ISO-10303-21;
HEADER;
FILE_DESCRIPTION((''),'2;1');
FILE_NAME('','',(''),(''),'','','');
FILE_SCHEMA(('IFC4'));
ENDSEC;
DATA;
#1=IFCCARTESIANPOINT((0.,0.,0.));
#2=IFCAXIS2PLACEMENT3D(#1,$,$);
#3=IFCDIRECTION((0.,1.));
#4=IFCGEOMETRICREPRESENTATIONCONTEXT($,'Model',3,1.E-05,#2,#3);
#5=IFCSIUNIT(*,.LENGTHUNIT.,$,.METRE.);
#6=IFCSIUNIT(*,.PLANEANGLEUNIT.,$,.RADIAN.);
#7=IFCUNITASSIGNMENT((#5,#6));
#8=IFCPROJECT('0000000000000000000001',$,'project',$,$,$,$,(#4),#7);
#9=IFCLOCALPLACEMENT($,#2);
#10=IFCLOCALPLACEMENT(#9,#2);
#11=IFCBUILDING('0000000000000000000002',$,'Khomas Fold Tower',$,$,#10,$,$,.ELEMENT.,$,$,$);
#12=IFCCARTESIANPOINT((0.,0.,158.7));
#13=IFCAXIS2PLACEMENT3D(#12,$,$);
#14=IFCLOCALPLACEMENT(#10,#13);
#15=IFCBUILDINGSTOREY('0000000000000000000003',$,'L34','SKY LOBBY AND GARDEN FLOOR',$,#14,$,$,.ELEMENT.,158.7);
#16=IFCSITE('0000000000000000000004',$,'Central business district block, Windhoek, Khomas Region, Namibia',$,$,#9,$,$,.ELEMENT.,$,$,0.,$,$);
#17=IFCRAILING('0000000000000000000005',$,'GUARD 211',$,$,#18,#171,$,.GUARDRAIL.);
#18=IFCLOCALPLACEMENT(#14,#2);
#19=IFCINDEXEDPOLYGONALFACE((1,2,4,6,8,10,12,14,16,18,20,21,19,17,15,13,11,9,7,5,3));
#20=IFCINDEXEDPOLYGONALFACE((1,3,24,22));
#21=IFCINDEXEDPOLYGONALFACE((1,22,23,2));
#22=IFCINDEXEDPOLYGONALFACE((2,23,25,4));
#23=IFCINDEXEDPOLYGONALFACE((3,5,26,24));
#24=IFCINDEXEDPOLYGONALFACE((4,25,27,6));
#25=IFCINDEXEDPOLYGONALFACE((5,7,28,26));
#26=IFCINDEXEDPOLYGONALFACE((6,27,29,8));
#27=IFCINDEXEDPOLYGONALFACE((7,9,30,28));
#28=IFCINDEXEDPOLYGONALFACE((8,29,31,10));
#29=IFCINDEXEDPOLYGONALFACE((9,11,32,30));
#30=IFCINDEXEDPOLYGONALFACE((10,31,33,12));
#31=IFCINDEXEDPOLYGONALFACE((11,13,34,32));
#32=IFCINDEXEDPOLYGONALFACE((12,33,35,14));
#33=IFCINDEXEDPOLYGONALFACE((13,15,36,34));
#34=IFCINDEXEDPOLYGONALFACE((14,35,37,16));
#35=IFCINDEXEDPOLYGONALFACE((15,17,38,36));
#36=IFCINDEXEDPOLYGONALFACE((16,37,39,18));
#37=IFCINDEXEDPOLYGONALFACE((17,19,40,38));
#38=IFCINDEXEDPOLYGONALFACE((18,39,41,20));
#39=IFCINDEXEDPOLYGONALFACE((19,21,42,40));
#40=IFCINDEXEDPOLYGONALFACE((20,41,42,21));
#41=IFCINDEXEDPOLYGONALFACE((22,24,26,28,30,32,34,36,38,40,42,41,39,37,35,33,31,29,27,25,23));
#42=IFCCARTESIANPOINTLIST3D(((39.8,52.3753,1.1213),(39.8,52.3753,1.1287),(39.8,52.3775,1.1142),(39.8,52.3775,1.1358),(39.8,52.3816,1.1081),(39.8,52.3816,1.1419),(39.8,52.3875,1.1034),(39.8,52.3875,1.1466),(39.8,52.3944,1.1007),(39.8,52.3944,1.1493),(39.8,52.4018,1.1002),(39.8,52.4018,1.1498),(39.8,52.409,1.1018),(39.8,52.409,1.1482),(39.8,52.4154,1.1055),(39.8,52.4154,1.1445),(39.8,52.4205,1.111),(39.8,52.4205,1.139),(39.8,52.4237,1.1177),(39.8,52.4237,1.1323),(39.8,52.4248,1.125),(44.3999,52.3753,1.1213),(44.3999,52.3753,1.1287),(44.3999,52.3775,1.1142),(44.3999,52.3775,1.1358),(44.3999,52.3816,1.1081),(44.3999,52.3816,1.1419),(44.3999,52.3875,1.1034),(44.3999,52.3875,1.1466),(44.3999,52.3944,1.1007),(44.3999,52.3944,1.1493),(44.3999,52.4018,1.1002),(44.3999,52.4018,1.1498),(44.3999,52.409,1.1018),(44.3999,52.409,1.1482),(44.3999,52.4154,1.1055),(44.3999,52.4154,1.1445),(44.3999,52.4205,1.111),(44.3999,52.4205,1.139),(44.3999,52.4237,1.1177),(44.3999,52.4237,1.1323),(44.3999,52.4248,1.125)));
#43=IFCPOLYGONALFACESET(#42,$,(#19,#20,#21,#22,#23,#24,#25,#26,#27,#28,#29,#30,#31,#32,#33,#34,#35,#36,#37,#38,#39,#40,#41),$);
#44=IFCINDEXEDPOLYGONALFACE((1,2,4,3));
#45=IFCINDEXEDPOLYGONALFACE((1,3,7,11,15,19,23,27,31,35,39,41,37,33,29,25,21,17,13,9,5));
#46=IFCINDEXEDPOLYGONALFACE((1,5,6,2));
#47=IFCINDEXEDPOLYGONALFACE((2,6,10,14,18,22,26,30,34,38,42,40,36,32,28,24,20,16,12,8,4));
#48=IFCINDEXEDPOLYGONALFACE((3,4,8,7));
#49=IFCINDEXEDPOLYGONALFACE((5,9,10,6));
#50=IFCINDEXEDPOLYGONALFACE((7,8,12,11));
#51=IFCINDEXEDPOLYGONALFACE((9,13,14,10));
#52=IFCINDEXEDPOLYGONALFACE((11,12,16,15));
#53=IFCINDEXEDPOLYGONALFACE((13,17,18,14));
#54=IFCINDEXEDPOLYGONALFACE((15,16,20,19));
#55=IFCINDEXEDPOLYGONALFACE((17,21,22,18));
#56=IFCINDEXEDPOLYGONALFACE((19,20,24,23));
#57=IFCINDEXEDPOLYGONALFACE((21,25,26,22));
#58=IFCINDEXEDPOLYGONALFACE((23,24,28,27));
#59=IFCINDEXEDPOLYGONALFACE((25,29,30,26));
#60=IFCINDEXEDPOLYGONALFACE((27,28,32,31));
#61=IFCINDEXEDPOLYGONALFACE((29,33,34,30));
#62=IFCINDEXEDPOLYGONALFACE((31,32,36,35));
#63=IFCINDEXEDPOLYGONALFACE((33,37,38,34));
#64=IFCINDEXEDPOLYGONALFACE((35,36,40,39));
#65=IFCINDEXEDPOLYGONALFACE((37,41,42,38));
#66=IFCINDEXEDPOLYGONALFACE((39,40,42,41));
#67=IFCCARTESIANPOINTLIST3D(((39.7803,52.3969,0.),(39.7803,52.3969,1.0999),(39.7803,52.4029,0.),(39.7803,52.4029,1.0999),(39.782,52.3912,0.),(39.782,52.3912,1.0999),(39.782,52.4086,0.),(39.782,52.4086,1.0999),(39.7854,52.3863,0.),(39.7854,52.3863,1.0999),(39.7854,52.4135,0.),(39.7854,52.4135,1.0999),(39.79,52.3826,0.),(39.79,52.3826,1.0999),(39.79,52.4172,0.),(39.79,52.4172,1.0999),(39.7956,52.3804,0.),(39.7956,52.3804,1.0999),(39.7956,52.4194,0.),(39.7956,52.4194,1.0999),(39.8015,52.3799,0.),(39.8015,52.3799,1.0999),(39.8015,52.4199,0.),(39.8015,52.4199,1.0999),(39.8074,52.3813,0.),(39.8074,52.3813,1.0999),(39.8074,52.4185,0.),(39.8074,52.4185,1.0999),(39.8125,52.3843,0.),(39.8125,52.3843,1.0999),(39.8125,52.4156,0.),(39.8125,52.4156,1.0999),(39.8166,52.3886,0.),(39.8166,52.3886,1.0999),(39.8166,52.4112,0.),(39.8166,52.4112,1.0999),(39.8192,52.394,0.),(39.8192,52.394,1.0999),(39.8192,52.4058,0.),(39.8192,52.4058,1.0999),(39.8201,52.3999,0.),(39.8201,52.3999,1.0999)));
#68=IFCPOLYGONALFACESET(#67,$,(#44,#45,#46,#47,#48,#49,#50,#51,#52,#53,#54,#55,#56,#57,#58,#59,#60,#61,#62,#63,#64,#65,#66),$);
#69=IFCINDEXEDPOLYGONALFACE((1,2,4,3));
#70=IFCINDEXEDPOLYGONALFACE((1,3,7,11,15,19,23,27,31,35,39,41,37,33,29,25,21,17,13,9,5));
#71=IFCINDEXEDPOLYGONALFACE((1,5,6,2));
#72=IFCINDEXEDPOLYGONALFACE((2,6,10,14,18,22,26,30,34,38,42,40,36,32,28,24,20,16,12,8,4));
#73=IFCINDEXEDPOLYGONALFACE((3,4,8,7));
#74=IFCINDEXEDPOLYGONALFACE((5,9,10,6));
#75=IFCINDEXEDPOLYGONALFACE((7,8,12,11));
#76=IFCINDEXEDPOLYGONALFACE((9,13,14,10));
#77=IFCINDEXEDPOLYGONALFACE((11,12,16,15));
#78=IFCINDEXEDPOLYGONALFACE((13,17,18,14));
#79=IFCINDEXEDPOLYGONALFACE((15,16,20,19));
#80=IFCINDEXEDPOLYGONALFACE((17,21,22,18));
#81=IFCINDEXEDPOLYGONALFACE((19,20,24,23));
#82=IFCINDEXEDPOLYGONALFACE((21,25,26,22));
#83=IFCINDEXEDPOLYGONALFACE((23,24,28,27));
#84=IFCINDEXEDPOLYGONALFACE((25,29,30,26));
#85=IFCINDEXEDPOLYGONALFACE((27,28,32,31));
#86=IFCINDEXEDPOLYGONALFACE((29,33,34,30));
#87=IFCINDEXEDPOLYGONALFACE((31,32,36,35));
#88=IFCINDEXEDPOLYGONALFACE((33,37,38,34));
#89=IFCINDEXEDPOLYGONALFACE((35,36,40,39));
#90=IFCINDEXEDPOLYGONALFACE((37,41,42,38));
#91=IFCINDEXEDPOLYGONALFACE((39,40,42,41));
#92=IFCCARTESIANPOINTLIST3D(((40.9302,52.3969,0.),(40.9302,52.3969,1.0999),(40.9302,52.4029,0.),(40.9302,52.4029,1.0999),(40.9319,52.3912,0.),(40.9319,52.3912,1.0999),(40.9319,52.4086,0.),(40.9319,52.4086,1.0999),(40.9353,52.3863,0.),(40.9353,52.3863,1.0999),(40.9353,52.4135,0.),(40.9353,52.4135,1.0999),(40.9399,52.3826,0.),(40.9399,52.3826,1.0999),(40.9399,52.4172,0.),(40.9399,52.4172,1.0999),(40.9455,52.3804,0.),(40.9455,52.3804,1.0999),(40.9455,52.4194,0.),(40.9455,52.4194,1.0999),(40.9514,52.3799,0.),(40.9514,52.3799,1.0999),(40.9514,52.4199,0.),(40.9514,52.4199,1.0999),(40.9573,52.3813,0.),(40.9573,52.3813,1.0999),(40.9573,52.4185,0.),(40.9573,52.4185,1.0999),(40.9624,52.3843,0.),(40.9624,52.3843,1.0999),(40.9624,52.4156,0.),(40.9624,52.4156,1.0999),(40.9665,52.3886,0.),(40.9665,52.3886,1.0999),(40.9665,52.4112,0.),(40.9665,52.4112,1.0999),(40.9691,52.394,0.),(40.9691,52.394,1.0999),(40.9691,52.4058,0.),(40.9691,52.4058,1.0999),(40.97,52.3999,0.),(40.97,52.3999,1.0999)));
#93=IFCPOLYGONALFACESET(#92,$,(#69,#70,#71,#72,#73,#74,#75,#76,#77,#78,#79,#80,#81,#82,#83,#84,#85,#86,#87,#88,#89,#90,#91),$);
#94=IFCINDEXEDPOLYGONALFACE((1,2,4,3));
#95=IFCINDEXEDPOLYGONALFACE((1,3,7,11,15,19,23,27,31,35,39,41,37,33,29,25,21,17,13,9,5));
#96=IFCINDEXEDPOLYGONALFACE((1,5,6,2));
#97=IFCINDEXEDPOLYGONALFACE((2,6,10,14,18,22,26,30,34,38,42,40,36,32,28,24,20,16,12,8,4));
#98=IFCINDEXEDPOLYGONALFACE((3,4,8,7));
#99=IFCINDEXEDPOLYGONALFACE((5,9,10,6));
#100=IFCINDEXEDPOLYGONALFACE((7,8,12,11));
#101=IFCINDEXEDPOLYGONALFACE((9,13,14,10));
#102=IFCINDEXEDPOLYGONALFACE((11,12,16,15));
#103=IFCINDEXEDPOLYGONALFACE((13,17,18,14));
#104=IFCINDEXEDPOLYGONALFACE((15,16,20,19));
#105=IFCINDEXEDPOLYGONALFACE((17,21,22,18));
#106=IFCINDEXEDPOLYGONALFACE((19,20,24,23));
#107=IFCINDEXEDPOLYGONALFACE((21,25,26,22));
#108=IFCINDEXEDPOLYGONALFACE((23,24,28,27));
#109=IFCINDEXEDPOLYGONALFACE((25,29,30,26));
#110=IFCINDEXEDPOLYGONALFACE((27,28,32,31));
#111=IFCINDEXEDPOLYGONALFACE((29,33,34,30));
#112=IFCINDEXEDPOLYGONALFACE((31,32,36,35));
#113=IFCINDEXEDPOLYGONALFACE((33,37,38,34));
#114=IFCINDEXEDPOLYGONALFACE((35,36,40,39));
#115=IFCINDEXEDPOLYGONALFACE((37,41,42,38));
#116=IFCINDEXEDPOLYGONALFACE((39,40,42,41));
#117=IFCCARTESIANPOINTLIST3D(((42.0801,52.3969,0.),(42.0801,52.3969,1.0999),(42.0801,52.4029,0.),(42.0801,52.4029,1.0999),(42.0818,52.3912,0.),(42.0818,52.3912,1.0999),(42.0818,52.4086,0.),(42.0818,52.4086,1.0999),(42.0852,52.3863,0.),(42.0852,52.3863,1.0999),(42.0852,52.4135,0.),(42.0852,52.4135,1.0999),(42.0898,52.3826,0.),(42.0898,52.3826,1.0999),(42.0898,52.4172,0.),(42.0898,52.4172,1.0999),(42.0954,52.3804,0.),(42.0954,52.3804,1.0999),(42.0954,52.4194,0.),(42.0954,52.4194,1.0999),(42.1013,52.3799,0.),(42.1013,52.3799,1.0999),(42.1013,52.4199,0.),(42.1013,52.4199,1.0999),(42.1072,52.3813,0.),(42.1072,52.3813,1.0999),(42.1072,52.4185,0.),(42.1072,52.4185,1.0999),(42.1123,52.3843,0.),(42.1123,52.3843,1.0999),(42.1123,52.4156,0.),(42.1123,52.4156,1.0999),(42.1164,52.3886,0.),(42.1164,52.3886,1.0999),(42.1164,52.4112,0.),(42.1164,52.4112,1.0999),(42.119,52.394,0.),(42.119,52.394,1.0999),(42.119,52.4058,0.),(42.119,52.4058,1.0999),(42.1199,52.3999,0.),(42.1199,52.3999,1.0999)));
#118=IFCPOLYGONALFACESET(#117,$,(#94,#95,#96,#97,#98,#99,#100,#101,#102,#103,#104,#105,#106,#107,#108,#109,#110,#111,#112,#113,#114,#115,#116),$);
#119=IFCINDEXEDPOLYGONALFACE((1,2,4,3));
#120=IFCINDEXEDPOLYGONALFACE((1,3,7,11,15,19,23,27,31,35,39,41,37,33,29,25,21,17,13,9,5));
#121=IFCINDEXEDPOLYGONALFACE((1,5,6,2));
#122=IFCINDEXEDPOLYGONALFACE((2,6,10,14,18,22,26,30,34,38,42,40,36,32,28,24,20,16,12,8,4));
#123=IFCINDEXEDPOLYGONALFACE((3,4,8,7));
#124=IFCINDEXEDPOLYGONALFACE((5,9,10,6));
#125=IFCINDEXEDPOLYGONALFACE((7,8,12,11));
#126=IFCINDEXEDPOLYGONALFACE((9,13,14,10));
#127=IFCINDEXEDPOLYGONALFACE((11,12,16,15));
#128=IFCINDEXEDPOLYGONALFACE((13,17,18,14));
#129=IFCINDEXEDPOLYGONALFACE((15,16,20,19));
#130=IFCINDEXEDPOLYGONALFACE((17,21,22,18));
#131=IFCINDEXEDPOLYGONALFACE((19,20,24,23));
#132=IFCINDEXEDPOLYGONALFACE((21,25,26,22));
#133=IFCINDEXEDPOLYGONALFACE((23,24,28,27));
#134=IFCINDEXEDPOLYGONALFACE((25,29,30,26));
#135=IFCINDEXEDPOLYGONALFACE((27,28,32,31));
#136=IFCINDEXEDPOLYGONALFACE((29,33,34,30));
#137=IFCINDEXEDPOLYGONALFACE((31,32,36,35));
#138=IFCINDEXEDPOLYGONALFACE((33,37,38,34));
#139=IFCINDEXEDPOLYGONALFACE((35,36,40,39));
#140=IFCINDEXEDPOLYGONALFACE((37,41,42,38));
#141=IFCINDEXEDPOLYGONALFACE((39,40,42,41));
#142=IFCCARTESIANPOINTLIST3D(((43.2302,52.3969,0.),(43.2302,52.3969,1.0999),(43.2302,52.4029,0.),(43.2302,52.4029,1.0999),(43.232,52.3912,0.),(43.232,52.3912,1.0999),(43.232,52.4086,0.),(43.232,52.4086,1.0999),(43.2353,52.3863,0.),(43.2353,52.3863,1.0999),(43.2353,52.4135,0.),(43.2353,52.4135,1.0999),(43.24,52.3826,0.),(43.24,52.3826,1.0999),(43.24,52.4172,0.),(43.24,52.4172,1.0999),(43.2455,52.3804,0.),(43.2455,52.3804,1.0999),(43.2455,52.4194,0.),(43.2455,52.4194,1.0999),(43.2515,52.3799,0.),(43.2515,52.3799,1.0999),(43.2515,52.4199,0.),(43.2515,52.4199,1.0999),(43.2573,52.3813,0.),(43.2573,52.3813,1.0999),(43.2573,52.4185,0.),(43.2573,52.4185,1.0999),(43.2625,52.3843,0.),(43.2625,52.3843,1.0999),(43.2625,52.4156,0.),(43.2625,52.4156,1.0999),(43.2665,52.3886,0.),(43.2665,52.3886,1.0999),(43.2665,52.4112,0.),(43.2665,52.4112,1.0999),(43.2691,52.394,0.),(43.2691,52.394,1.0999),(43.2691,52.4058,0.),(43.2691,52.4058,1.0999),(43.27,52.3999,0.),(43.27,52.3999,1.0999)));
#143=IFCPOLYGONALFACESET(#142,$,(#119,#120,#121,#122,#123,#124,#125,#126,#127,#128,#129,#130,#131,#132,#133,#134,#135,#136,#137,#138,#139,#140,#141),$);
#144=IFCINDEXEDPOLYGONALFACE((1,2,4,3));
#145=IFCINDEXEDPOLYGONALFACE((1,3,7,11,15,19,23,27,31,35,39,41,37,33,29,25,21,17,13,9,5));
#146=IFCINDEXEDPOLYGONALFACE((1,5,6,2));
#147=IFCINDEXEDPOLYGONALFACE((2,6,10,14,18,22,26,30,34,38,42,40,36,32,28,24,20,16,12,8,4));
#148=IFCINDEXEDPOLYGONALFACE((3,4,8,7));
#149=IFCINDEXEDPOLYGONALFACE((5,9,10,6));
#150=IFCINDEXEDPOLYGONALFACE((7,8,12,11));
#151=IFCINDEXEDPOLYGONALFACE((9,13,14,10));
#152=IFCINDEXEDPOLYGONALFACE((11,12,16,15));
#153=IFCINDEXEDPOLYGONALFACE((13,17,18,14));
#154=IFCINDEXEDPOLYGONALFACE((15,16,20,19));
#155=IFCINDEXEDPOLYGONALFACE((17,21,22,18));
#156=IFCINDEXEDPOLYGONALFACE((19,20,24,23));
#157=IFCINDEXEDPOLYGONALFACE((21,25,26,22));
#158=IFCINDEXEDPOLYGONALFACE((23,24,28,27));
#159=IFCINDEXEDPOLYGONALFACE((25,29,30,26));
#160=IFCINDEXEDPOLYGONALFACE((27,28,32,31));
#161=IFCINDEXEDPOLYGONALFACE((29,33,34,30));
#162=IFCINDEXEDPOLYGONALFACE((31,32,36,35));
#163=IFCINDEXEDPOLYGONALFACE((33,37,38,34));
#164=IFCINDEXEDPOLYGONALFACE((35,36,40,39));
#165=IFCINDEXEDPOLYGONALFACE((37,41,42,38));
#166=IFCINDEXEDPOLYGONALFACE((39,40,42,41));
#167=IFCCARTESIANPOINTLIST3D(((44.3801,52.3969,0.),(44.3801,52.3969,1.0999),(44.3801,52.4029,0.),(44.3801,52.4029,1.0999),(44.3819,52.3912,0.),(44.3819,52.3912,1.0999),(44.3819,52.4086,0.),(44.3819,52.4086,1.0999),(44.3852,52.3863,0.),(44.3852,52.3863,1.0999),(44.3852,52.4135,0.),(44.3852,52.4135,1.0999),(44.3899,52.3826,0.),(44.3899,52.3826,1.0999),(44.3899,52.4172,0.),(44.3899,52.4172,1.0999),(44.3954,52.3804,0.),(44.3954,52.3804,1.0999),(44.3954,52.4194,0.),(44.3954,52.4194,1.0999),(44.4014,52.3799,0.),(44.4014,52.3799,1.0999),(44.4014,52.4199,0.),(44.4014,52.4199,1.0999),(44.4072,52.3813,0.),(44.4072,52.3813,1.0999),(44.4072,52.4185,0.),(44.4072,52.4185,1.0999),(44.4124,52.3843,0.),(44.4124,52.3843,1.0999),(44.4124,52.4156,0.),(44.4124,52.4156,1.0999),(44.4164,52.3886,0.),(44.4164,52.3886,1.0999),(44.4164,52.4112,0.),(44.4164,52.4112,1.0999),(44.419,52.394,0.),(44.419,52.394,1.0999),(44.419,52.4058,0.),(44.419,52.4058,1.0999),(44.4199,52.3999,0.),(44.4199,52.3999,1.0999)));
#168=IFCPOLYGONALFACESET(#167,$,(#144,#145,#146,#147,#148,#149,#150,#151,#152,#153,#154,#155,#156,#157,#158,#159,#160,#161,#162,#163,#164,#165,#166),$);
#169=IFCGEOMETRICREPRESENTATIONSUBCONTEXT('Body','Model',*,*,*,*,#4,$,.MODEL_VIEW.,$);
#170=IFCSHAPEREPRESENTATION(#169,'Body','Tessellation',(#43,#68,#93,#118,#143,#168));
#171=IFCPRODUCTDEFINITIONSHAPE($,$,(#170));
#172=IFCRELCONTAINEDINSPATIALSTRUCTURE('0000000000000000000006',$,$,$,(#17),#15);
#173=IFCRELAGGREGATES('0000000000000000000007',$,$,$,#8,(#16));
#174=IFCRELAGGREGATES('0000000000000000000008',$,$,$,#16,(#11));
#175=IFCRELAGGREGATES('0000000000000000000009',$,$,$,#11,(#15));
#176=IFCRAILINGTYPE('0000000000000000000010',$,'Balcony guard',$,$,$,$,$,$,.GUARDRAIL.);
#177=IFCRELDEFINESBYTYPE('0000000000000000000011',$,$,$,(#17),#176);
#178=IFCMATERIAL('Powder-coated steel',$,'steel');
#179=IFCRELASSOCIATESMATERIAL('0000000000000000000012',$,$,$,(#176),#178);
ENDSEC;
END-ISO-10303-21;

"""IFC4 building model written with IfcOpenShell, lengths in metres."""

from ifc_helpers import new_model, si_unit, direction, frame, origin, origin_2d, place, context, subcontext, project, spatial, circle, extrude, source, transform, mapped, material, type_object, element, save


model = new_model("IFC4")

# Units and contexts
model_context = context("Model", 3, precision=1e-05, world=origin(), true_north=direction((0.0, 1.0)))
body_context = subcontext(model_context, "Body", "Model", "MODEL_VIEW")
ifc_project = project(units=[si_unit("LENGTHUNIT", "METRE"), si_unit("PLANEANGLEUNIT", "RADIAN")], contexts=[model_context])

# Site, building, storey
site_placement = place(None, origin())
site = spatial("IfcSite", under=ifc_project, at=site_placement, Name="Central business district block, Windhoek, Khomas Region, Namibia", CompositionType="ELEMENT", RefElevation=0.0)
building_placement = place(site_placement, origin())
building = spatial("IfcBuilding", under=site, at=building_placement, Name="Khomas Fold Tower", CompositionType="ELEMENT")
storey_placement = place(building_placement, frame((0.0, 0.0, 158.7)))
storey = spatial("IfcBuildingStorey", under=building, at=storey_placement, Name="L34", Description="SKY LOBBY AND GARDEN FLOOR", CompositionType="ELEMENT", Elevation=158.7)

# Railing
ifc_material_1 = material(Name="Powder-coated steel", Category="steel")
railing_type = type_object("IfcRailingType", Name="Balcony guard", PredefinedType="GUARDRAIL", material=ifc_material_1)
shared_shape_1 = source(origin(), body_context, "Body", "SweptSolid", [
    extrude(circle(Radius=0.0249, at=origin_2d()), frame((0.0, 0.0, 1.125), z_axis=(1.0, 0.0, 0.0), x_axis=(0.0, 1.0, 0.0)), (0.0, 0.0, 1.0), 4.5999),
    extrude(circle(Radius=0.02, at=origin_2d()), origin(), (0.0, 0.0, 1.0), 1.0999),
    extrude(circle(Radius=0.02, at=origin_2d()), frame((1.1499, 0.0, 0.0)), (0.0, 0.0, 1.0), 1.0999),
    extrude(circle(Radius=0.02, at=origin_2d()), frame((2.2998, 0.0, 0.0)), (0.0, 0.0, 1.0), 1.0999),
    extrude(circle(Radius=0.02, at=origin_2d()), frame((3.45, 0.0, 0.0)), (0.0, 0.0, 1.0), 1.0999),
    extrude(circle(Radius=0.02, at=origin_2d()), frame((4.5999, 0.0, 0.0)), (0.0, 0.0, 1.0), 1.0999),
])
for number, where, name in (
    (1, (39.8, 52.3999, 0.0), "GUARD 211"),
):
    element("IfcRailing", number, at=place(storey_placement, frame(where)), inside=storey, type_object=railing_type, Name=name, PredefinedType="GUARDRAIL", context=body_context, shape_type="MappedRepresentation", body=[
        mapped(shared_shape_1, transform((0.0, 0.0, 0.0))),
    ])

save(model, "model.ifc")
